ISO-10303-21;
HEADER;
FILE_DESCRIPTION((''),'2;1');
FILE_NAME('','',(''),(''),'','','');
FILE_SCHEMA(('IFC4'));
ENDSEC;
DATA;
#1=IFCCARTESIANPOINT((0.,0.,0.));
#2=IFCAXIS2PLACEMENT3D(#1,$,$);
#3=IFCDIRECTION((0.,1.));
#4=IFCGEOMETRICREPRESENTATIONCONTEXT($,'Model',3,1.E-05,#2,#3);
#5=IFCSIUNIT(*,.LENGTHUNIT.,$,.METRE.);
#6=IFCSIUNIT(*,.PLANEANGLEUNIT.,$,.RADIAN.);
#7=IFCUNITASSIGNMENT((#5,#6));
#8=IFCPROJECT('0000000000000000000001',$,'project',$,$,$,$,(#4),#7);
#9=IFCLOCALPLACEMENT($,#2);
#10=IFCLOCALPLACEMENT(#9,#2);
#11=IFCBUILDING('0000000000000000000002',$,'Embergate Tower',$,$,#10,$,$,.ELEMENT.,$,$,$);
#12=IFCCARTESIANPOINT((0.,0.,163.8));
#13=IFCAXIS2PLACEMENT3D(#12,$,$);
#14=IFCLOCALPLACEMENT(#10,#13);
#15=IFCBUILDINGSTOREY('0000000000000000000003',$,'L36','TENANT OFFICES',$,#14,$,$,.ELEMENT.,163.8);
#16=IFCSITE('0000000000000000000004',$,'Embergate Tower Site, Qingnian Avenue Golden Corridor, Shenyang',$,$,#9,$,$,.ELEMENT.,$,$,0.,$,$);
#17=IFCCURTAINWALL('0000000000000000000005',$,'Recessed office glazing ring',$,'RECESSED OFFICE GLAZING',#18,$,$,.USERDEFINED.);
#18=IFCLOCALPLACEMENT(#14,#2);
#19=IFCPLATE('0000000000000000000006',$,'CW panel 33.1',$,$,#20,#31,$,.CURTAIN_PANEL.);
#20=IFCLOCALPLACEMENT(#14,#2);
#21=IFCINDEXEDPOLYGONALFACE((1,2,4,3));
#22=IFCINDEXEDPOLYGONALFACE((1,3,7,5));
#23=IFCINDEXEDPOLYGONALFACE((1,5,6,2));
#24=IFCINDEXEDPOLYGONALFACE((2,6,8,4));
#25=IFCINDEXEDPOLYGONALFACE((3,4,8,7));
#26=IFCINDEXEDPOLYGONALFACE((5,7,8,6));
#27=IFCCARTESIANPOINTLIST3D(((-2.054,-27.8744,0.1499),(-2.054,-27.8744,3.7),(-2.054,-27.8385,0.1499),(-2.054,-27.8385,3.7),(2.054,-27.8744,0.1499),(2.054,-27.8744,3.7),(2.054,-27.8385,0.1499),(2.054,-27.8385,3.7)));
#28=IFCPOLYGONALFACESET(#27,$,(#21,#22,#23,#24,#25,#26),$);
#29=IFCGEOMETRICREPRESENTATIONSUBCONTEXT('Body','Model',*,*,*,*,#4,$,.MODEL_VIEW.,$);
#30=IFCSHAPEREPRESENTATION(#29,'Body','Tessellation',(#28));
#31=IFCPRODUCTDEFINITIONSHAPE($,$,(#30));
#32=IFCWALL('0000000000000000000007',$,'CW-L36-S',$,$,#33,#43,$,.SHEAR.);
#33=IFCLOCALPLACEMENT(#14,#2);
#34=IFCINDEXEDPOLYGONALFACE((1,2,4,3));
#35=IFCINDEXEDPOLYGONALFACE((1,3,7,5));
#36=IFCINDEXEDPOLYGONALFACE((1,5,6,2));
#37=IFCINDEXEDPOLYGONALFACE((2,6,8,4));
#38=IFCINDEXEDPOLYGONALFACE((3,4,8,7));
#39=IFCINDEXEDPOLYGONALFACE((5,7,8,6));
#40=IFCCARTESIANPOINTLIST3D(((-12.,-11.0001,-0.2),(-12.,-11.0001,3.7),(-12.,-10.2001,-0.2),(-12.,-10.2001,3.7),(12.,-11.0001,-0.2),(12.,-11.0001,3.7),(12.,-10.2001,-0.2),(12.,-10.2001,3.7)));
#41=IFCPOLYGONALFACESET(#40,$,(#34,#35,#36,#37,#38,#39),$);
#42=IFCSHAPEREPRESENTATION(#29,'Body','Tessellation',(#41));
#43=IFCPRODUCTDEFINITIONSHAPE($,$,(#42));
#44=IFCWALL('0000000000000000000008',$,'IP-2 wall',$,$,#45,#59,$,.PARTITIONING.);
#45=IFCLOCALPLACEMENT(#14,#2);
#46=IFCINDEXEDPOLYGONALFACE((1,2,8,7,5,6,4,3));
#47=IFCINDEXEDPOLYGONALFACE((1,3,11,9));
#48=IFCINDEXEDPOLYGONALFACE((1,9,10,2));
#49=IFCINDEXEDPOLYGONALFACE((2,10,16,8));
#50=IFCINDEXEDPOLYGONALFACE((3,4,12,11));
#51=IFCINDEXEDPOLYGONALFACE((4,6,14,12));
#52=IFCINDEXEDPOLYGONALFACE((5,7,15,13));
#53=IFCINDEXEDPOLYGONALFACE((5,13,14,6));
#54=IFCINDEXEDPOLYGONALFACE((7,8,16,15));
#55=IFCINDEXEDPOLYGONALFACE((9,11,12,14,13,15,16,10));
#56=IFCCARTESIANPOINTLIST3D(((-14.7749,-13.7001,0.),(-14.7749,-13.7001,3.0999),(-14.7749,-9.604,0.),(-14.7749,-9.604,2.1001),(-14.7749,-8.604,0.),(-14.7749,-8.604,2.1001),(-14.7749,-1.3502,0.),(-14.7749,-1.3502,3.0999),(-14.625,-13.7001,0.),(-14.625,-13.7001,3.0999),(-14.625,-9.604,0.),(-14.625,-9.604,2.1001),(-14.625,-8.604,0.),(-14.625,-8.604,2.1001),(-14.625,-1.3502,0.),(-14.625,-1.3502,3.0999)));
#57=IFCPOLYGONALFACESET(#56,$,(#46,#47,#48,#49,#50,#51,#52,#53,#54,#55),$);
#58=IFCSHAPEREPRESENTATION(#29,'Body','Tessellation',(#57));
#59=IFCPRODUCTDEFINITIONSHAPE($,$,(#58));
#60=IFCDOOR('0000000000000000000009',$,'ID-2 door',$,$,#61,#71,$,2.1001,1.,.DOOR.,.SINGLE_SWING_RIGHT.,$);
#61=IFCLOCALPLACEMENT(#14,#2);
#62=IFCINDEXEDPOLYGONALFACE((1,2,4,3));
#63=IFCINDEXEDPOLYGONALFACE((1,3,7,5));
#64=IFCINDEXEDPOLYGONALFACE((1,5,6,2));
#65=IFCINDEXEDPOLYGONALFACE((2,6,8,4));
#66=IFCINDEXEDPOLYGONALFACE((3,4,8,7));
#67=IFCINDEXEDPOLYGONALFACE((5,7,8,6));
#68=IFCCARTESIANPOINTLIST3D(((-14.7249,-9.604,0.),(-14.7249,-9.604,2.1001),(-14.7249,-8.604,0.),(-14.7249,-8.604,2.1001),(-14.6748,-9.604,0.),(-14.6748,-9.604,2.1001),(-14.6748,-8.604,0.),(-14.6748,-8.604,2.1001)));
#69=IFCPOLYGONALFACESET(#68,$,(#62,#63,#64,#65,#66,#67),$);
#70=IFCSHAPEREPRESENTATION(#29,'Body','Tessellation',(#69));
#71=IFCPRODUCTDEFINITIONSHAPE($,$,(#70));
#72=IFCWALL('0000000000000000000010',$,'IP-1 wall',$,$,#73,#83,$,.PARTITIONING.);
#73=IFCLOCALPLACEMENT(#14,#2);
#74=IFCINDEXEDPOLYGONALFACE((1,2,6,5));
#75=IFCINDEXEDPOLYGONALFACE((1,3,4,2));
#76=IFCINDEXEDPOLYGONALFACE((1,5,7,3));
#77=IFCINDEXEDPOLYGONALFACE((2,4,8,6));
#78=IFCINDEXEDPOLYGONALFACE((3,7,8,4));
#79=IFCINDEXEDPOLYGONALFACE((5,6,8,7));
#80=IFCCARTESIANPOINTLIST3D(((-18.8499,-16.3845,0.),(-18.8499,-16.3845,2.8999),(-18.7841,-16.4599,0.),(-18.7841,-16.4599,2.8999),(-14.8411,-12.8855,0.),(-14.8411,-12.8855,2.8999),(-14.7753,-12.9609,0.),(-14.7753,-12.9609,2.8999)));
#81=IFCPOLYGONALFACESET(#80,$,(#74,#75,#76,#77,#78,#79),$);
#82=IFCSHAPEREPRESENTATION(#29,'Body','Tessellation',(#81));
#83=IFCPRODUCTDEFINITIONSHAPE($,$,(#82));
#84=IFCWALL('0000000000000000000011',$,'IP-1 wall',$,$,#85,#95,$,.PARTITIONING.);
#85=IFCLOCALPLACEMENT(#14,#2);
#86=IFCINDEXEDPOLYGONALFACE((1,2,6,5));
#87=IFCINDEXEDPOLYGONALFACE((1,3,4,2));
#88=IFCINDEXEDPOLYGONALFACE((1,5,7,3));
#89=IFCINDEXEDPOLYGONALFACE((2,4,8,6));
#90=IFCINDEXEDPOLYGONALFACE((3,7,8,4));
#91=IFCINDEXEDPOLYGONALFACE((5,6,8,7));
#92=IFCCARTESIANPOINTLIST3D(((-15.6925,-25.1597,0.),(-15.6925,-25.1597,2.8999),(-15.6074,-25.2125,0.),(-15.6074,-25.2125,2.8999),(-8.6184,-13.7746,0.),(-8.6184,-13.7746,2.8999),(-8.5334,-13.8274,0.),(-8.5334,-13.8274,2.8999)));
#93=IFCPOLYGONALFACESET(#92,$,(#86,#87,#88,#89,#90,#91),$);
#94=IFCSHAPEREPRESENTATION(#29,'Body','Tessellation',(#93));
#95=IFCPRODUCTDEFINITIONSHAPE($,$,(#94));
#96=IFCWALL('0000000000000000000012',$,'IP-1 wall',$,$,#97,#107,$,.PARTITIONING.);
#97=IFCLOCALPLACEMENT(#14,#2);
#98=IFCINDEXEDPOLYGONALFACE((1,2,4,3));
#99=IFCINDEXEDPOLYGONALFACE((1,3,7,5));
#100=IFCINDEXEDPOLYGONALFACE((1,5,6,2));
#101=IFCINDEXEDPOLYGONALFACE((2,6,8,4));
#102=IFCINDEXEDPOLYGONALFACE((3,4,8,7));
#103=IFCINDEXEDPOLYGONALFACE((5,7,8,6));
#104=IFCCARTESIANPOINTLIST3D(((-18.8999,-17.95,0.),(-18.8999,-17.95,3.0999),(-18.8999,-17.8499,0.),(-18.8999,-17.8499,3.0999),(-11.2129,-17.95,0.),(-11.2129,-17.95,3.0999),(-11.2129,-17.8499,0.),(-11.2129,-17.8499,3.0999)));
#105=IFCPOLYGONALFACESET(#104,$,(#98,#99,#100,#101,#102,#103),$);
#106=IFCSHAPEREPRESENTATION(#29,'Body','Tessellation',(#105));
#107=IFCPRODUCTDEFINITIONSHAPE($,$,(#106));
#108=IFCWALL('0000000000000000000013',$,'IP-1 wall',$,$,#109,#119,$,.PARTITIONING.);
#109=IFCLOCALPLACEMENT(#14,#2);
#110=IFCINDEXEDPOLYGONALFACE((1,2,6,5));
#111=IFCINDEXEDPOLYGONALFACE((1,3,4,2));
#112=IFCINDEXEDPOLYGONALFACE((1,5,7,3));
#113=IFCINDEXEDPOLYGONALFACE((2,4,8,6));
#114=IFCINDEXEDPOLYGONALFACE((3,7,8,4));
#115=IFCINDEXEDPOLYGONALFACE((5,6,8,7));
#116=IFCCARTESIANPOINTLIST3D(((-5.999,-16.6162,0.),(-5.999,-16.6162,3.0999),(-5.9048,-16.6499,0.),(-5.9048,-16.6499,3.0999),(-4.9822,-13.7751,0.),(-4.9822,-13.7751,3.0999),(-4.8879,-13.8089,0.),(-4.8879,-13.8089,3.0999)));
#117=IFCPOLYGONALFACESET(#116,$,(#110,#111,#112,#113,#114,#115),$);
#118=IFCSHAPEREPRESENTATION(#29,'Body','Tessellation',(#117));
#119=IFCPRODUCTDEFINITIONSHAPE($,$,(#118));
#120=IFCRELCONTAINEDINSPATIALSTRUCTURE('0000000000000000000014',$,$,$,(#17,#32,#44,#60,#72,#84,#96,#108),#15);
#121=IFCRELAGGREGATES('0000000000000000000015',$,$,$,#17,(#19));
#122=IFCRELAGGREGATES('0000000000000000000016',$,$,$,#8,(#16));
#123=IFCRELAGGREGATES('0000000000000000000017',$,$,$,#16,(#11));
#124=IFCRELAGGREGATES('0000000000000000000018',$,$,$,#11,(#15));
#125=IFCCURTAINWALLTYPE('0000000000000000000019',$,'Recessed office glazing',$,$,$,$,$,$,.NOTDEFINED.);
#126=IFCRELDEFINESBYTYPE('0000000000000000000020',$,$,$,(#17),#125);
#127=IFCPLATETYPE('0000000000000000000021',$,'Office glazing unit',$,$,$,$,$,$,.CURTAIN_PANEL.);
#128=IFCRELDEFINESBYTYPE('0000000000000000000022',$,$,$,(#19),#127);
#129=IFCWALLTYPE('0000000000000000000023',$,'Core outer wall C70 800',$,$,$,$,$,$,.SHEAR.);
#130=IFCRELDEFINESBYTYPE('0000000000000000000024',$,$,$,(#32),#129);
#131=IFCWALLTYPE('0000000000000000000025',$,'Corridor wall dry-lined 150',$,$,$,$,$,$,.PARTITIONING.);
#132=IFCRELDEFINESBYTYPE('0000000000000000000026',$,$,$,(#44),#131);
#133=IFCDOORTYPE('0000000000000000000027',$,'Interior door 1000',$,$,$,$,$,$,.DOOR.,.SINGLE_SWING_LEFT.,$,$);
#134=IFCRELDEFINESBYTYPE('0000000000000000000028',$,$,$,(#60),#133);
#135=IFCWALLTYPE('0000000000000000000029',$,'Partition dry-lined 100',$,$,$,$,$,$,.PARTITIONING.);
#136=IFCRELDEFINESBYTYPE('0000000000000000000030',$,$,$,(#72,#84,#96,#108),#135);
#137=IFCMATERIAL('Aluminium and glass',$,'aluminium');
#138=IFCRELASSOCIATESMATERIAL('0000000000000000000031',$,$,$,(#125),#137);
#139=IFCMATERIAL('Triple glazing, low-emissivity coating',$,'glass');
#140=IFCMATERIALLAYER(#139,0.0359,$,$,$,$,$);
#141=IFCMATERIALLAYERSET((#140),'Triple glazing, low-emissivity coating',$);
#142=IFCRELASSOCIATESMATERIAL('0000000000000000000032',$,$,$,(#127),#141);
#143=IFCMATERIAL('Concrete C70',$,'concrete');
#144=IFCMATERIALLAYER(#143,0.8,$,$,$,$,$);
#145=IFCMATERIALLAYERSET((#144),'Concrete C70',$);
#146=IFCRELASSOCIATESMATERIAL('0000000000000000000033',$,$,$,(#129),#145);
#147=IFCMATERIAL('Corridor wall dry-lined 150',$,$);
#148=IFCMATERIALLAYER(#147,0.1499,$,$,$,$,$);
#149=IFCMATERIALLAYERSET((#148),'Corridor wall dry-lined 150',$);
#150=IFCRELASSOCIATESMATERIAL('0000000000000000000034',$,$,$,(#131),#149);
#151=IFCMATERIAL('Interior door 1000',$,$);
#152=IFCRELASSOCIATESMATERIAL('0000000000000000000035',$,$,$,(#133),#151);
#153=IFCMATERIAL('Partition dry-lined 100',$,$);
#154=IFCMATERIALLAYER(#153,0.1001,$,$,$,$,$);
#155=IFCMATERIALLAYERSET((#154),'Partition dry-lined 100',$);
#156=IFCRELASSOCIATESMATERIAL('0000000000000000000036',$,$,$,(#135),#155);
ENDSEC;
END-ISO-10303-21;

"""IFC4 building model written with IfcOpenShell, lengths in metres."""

from ifc_helpers import new_model, si_unit, direction, frame, frame_2d, origin, origin_2d, place, context, subcontext, project, spatial, rectangle, extrude, source, transform, mapped, material, layer, layer_set, type_object, element, fill, aggregate, save


model = new_model("IFC4")

# Units and contexts
model_context = context("Model", 3, precision=1e-05, world=origin(), true_north=direction((0.0, 1.0)))
body_context = subcontext(model_context, "Body", "Model", "MODEL_VIEW")
ifc_project = project(units=[si_unit("LENGTHUNIT", "METRE"), si_unit("PLANEANGLEUNIT", "RADIAN")], contexts=[model_context])

# Site, building, storey
site_placement = place(None, origin())
site = spatial("IfcSite", under=ifc_project, at=site_placement, Name="Embergate Tower Site, Qingnian Avenue Golden Corridor, Shenyang", CompositionType="ELEMENT", RefElevation=0.0)
building_placement = place(site_placement, origin())
building = spatial("IfcBuilding", under=site, at=building_placement, Name="Embergate Tower", CompositionType="ELEMENT")
storey_placement = place(building_placement, frame((0.0, 0.0, 163.8)))
storey = spatial("IfcBuildingStorey", under=building, at=storey_placement, Name="L36", Description="TENANT OFFICES", CompositionType="ELEMENT", Elevation=163.8)

# Shared definitions
ifc_material_1 = material(Name="Concrete C70", Category="concrete")

# Curtain wall
ifc_material_2 = material(Name="Aluminium and glass", Category="aluminium")
curtain_wall_type = type_object("IfcCurtainWallType", Name="Recessed office glazing", PredefinedType="NOTDEFINED", material=ifc_material_2)
curtain_wall_placement = place(storey_placement, origin())
curtain_wall = element("IfcCurtainWall", 1, at=curtain_wall_placement, inside=storey, type_object=curtain_wall_type, Name="Recessed office glazing ring", ObjectType="RECESSED OFFICE GLAZING", PredefinedType="USERDEFINED")

# Plate
ifc_material_3 = material(Name="Triple glazing, low-emissivity coating", Category="glass")
ifc_layer_1 = layer(ifc_material_3, 0.0359)
ifc_layer_set_1 = layer_set([ifc_layer_1], Name="Triple glazing, low-emissivity coating")
plate_type = type_object("IfcPlateType", Name="Office glazing unit", PredefinedType="CURTAIN_PANEL", material=ifc_layer_set_1)
shared_shape_1 = source(origin(), body_context, "Body", "SweptSolid", [
    extrude(rectangle(XDim=4.1079, YDim=0.0359, at=origin_2d()), origin(), (0.0, 0.0, 1.0), 3.55),
])
plate_1_placement = place(storey_placement, frame((0.0, -27.8564, 0.1499), z_axis=(0.0, 0.0, 1.0), x_axis=(1.0, 0.0, 0.0)))
plate_1 = element("IfcPlate", 2, at=plate_1_placement, type_object=plate_type, Name="CW panel 33.1", PredefinedType="CURTAIN_PANEL", context=body_context, shape_type="MappedRepresentation", body=[
    mapped(shared_shape_1, transform((0.0, 0.0, 0.0))),
])
aggregate(curtain_wall, [plate_1])

# Wall
ifc_layer_2 = layer(ifc_material_1, 0.8)
ifc_layer_set_2 = layer_set([ifc_layer_2], Name="Concrete C70")
wall_type_1 = type_object("IfcWallType", Name="Core outer wall C70 800", PredefinedType="SHEAR", material=ifc_layer_set_2)
shared_shape_2 = source(origin(), body_context, "Body", "SweptSolid", [
    extrude(rectangle(XDim=24.0, YDim=0.8, at=frame_2d((12.0, 0.0))), origin(), (0.0, 0.0, 1.0), 3.8999),
])
wall_1_placement = place(storey_placement, frame((-12.0, -10.6001, -0.2), z_axis=(0.0, 0.0, 1.0), x_axis=(1.0, 0.0, 0.0)))
element("IfcWall", 3, at=wall_1_placement, inside=storey, type_object=wall_type_1, Name="CW-L36-S", PredefinedType="SHEAR", context=body_context, shape_type="MappedRepresentation", body=[
    mapped(shared_shape_2, transform((0.0, 0.0, 0.0))),
])

# Wall, opening, door
ifc_material_4 = material(Name="Corridor wall dry-lined 150")
ifc_layer_3 = layer(ifc_material_4, 0.1499)
ifc_layer_set_3 = layer_set([ifc_layer_3], Name="Corridor wall dry-lined 150")
wall_type_2 = type_object("IfcWallType", Name="Corridor wall dry-lined 150", PredefinedType="PARTITIONING", material=ifc_layer_set_3)
shared_shape_3 = source(origin(), body_context, "Body", "SweptSolid", [
    extrude(rectangle(XDim=12.3499, YDim=0.1499, at=frame_2d((6.1748, 0.0))), origin(), (0.0, 0.0, 1.0), 3.0999),
])
wall_2_placement = place(storey_placement, frame((-14.7, -13.7, 0.0), z_axis=(0.0, 0.0, 1.0), x_axis=(0.0, 1.0, 0.0)))
wall_2 = element("IfcWall", 4, at=wall_2_placement, inside=storey, type_object=wall_type_2, Name="IP-2 wall", PredefinedType="PARTITIONING", context=body_context, shape_type="MappedRepresentation", body=[
    mapped(shared_shape_3, transform((0.0, 0.0, 0.0))),
])
shared_shape_4 = source(origin(), body_context, "Body", "SweptSolid", [
    extrude(rectangle(XDim=1.0, YDim=2.1001, at=frame_2d((0.5, 1.05))), frame((0.0, 0.085, 0.0), z_axis=(0.0, -1.0, 0.0), x_axis=(1.0, 0.0, 0.0)), (0.0, 0.0, 1.0), 0.1699),
])
opening_placement = place(wall_2_placement, frame((4.0959, 0.0, 0.0)))
opening = element("IfcOpeningElement", 5, at=opening_placement, cuts=wall_2, PredefinedType="OPENING", context=body_context, shape_type="MappedRepresentation", body=[
    mapped(shared_shape_4, transform((0.0, 0.0, 0.0))),
])
ifc_material_5 = material(Name="Interior door 1000")
door_type = type_object("IfcDoorType", Name="Interior door 1000", OperationType="SINGLE_SWING_LEFT", PredefinedType="DOOR", material=ifc_material_5)
shared_shape_5 = source(origin(), body_context, "Body", "SweptSolid", [
    extrude(rectangle(XDim=1.0, YDim=2.1001, at=frame_2d((0.5, 1.05))), frame((0.0, 0.0249, 0.0), z_axis=(0.0, -1.0, 0.0), x_axis=(1.0, 0.0, 0.0)), (0.0, 0.0, 1.0), 0.05),
])
door_placement = place(opening_placement, origin())
door = element("IfcDoor", 6, at=door_placement, inside=storey, type_object=door_type, Name="ID-2 door", OperationType="SINGLE_SWING_RIGHT", OverallHeight=2.1001, OverallWidth=1.0, PredefinedType="DOOR", context=body_context, shape_type="MappedRepresentation", body=[
    mapped(shared_shape_5, transform((0.0, 0.0, 0.0))),
])
fill(opening, door)

# Walls
ifc_material_6 = material(Name="Partition dry-lined 100")
ifc_layer_4 = layer(ifc_material_6, 0.1001)
ifc_layer_set_4 = layer_set([ifc_layer_4], Name="Partition dry-lined 100")
wall_type_3 = type_object("IfcWallType", Name="Partition dry-lined 100", PredefinedType="PARTITIONING", material=ifc_layer_set_4)
shared_shape_6 = source(origin(), body_context, "Body", "SweptSolid", [
    extrude(rectangle(XDim=5.321, YDim=0.1001, at=frame_2d((2.6606, 0.0))), origin(), (0.0, 0.0, 1.0), 2.8999),
])
wall_3_placement = place(storey_placement, frame((-14.8081, -12.9231, 0.0), z_axis=(0.0, 0.0, 1.0), x_axis=(-0.753383, -0.657582, 0.0)))
element("IfcWall", 7, at=wall_3_placement, inside=storey, type_object=wall_type_3, Name="IP-1 wall", PredefinedType="PARTITIONING", context=body_context, shape_type="MappedRepresentation", body=[
    mapped(shared_shape_6, transform((0.0, 0.0, 0.0))),
])
shared_shape_7 = source(origin(), body_context, "Body", "SweptSolid", [
    extrude(rectangle(XDim=13.4038, YDim=0.1001, at=frame_2d((6.7019, 0.0))), origin(), (0.0, 0.0, 1.0), 2.8999),
])
wall_4_placement = place(storey_placement, frame((-8.5759, -13.801, 0.0), z_axis=(0.0, 0.0, 1.0), x_axis=(-0.527762, -0.849392, 0.0)))
element("IfcWall", 8, at=wall_4_placement, inside=storey, type_object=wall_type_3, Name="IP-1 wall", PredefinedType="PARTITIONING", context=body_context, shape_type="MappedRepresentation", body=[
    mapped(shared_shape_7, transform((0.0, 0.0, 0.0))),
])
shared_shape_8 = source(origin(), body_context, "Body", "SweptSolid", [
    extrude(rectangle(XDim=7.687, YDim=0.1001, at=frame_2d((3.8435, 0.0))), origin(), (0.0, 0.0, 1.0), 3.0999),
])
wall_5_placement = place(storey_placement, frame((-11.2129, -17.8999, 0.0), z_axis=(0.0, 0.0, 1.0), x_axis=(-1.0, 0.0, 0.0)))
element("IfcWall", 9, at=wall_5_placement, inside=storey, type_object=wall_type_3, Name="IP-1 wall", PredefinedType="PARTITIONING", context=body_context, shape_type="MappedRepresentation", body=[
    mapped(shared_shape_8, transform((0.0, 0.0, 0.0))),
])
shared_shape_9 = source(origin(), body_context, "Body", "SweptSolid", [
    extrude(rectangle(XDim=3.0176, YDim=0.1001, at=frame_2d((1.5088, 0.0))), origin(), (0.0, 0.0, 1.0), 3.0999),
])
wall_6_placement = place(storey_placement, frame((-4.9351, -13.792, 0.0), z_axis=(0.0, 0.0, 1.0), x_axis=(-0.336977, -0.941513, 0.0)))
element("IfcWall", 10, at=wall_6_placement, inside=storey, type_object=wall_type_3, Name="IP-1 wall", PredefinedType="PARTITIONING", context=body_context, shape_type="MappedRepresentation", body=[
    mapped(shared_shape_9, transform((0.0, 0.0, 0.0))),
])

save(model, "model.ifc")
